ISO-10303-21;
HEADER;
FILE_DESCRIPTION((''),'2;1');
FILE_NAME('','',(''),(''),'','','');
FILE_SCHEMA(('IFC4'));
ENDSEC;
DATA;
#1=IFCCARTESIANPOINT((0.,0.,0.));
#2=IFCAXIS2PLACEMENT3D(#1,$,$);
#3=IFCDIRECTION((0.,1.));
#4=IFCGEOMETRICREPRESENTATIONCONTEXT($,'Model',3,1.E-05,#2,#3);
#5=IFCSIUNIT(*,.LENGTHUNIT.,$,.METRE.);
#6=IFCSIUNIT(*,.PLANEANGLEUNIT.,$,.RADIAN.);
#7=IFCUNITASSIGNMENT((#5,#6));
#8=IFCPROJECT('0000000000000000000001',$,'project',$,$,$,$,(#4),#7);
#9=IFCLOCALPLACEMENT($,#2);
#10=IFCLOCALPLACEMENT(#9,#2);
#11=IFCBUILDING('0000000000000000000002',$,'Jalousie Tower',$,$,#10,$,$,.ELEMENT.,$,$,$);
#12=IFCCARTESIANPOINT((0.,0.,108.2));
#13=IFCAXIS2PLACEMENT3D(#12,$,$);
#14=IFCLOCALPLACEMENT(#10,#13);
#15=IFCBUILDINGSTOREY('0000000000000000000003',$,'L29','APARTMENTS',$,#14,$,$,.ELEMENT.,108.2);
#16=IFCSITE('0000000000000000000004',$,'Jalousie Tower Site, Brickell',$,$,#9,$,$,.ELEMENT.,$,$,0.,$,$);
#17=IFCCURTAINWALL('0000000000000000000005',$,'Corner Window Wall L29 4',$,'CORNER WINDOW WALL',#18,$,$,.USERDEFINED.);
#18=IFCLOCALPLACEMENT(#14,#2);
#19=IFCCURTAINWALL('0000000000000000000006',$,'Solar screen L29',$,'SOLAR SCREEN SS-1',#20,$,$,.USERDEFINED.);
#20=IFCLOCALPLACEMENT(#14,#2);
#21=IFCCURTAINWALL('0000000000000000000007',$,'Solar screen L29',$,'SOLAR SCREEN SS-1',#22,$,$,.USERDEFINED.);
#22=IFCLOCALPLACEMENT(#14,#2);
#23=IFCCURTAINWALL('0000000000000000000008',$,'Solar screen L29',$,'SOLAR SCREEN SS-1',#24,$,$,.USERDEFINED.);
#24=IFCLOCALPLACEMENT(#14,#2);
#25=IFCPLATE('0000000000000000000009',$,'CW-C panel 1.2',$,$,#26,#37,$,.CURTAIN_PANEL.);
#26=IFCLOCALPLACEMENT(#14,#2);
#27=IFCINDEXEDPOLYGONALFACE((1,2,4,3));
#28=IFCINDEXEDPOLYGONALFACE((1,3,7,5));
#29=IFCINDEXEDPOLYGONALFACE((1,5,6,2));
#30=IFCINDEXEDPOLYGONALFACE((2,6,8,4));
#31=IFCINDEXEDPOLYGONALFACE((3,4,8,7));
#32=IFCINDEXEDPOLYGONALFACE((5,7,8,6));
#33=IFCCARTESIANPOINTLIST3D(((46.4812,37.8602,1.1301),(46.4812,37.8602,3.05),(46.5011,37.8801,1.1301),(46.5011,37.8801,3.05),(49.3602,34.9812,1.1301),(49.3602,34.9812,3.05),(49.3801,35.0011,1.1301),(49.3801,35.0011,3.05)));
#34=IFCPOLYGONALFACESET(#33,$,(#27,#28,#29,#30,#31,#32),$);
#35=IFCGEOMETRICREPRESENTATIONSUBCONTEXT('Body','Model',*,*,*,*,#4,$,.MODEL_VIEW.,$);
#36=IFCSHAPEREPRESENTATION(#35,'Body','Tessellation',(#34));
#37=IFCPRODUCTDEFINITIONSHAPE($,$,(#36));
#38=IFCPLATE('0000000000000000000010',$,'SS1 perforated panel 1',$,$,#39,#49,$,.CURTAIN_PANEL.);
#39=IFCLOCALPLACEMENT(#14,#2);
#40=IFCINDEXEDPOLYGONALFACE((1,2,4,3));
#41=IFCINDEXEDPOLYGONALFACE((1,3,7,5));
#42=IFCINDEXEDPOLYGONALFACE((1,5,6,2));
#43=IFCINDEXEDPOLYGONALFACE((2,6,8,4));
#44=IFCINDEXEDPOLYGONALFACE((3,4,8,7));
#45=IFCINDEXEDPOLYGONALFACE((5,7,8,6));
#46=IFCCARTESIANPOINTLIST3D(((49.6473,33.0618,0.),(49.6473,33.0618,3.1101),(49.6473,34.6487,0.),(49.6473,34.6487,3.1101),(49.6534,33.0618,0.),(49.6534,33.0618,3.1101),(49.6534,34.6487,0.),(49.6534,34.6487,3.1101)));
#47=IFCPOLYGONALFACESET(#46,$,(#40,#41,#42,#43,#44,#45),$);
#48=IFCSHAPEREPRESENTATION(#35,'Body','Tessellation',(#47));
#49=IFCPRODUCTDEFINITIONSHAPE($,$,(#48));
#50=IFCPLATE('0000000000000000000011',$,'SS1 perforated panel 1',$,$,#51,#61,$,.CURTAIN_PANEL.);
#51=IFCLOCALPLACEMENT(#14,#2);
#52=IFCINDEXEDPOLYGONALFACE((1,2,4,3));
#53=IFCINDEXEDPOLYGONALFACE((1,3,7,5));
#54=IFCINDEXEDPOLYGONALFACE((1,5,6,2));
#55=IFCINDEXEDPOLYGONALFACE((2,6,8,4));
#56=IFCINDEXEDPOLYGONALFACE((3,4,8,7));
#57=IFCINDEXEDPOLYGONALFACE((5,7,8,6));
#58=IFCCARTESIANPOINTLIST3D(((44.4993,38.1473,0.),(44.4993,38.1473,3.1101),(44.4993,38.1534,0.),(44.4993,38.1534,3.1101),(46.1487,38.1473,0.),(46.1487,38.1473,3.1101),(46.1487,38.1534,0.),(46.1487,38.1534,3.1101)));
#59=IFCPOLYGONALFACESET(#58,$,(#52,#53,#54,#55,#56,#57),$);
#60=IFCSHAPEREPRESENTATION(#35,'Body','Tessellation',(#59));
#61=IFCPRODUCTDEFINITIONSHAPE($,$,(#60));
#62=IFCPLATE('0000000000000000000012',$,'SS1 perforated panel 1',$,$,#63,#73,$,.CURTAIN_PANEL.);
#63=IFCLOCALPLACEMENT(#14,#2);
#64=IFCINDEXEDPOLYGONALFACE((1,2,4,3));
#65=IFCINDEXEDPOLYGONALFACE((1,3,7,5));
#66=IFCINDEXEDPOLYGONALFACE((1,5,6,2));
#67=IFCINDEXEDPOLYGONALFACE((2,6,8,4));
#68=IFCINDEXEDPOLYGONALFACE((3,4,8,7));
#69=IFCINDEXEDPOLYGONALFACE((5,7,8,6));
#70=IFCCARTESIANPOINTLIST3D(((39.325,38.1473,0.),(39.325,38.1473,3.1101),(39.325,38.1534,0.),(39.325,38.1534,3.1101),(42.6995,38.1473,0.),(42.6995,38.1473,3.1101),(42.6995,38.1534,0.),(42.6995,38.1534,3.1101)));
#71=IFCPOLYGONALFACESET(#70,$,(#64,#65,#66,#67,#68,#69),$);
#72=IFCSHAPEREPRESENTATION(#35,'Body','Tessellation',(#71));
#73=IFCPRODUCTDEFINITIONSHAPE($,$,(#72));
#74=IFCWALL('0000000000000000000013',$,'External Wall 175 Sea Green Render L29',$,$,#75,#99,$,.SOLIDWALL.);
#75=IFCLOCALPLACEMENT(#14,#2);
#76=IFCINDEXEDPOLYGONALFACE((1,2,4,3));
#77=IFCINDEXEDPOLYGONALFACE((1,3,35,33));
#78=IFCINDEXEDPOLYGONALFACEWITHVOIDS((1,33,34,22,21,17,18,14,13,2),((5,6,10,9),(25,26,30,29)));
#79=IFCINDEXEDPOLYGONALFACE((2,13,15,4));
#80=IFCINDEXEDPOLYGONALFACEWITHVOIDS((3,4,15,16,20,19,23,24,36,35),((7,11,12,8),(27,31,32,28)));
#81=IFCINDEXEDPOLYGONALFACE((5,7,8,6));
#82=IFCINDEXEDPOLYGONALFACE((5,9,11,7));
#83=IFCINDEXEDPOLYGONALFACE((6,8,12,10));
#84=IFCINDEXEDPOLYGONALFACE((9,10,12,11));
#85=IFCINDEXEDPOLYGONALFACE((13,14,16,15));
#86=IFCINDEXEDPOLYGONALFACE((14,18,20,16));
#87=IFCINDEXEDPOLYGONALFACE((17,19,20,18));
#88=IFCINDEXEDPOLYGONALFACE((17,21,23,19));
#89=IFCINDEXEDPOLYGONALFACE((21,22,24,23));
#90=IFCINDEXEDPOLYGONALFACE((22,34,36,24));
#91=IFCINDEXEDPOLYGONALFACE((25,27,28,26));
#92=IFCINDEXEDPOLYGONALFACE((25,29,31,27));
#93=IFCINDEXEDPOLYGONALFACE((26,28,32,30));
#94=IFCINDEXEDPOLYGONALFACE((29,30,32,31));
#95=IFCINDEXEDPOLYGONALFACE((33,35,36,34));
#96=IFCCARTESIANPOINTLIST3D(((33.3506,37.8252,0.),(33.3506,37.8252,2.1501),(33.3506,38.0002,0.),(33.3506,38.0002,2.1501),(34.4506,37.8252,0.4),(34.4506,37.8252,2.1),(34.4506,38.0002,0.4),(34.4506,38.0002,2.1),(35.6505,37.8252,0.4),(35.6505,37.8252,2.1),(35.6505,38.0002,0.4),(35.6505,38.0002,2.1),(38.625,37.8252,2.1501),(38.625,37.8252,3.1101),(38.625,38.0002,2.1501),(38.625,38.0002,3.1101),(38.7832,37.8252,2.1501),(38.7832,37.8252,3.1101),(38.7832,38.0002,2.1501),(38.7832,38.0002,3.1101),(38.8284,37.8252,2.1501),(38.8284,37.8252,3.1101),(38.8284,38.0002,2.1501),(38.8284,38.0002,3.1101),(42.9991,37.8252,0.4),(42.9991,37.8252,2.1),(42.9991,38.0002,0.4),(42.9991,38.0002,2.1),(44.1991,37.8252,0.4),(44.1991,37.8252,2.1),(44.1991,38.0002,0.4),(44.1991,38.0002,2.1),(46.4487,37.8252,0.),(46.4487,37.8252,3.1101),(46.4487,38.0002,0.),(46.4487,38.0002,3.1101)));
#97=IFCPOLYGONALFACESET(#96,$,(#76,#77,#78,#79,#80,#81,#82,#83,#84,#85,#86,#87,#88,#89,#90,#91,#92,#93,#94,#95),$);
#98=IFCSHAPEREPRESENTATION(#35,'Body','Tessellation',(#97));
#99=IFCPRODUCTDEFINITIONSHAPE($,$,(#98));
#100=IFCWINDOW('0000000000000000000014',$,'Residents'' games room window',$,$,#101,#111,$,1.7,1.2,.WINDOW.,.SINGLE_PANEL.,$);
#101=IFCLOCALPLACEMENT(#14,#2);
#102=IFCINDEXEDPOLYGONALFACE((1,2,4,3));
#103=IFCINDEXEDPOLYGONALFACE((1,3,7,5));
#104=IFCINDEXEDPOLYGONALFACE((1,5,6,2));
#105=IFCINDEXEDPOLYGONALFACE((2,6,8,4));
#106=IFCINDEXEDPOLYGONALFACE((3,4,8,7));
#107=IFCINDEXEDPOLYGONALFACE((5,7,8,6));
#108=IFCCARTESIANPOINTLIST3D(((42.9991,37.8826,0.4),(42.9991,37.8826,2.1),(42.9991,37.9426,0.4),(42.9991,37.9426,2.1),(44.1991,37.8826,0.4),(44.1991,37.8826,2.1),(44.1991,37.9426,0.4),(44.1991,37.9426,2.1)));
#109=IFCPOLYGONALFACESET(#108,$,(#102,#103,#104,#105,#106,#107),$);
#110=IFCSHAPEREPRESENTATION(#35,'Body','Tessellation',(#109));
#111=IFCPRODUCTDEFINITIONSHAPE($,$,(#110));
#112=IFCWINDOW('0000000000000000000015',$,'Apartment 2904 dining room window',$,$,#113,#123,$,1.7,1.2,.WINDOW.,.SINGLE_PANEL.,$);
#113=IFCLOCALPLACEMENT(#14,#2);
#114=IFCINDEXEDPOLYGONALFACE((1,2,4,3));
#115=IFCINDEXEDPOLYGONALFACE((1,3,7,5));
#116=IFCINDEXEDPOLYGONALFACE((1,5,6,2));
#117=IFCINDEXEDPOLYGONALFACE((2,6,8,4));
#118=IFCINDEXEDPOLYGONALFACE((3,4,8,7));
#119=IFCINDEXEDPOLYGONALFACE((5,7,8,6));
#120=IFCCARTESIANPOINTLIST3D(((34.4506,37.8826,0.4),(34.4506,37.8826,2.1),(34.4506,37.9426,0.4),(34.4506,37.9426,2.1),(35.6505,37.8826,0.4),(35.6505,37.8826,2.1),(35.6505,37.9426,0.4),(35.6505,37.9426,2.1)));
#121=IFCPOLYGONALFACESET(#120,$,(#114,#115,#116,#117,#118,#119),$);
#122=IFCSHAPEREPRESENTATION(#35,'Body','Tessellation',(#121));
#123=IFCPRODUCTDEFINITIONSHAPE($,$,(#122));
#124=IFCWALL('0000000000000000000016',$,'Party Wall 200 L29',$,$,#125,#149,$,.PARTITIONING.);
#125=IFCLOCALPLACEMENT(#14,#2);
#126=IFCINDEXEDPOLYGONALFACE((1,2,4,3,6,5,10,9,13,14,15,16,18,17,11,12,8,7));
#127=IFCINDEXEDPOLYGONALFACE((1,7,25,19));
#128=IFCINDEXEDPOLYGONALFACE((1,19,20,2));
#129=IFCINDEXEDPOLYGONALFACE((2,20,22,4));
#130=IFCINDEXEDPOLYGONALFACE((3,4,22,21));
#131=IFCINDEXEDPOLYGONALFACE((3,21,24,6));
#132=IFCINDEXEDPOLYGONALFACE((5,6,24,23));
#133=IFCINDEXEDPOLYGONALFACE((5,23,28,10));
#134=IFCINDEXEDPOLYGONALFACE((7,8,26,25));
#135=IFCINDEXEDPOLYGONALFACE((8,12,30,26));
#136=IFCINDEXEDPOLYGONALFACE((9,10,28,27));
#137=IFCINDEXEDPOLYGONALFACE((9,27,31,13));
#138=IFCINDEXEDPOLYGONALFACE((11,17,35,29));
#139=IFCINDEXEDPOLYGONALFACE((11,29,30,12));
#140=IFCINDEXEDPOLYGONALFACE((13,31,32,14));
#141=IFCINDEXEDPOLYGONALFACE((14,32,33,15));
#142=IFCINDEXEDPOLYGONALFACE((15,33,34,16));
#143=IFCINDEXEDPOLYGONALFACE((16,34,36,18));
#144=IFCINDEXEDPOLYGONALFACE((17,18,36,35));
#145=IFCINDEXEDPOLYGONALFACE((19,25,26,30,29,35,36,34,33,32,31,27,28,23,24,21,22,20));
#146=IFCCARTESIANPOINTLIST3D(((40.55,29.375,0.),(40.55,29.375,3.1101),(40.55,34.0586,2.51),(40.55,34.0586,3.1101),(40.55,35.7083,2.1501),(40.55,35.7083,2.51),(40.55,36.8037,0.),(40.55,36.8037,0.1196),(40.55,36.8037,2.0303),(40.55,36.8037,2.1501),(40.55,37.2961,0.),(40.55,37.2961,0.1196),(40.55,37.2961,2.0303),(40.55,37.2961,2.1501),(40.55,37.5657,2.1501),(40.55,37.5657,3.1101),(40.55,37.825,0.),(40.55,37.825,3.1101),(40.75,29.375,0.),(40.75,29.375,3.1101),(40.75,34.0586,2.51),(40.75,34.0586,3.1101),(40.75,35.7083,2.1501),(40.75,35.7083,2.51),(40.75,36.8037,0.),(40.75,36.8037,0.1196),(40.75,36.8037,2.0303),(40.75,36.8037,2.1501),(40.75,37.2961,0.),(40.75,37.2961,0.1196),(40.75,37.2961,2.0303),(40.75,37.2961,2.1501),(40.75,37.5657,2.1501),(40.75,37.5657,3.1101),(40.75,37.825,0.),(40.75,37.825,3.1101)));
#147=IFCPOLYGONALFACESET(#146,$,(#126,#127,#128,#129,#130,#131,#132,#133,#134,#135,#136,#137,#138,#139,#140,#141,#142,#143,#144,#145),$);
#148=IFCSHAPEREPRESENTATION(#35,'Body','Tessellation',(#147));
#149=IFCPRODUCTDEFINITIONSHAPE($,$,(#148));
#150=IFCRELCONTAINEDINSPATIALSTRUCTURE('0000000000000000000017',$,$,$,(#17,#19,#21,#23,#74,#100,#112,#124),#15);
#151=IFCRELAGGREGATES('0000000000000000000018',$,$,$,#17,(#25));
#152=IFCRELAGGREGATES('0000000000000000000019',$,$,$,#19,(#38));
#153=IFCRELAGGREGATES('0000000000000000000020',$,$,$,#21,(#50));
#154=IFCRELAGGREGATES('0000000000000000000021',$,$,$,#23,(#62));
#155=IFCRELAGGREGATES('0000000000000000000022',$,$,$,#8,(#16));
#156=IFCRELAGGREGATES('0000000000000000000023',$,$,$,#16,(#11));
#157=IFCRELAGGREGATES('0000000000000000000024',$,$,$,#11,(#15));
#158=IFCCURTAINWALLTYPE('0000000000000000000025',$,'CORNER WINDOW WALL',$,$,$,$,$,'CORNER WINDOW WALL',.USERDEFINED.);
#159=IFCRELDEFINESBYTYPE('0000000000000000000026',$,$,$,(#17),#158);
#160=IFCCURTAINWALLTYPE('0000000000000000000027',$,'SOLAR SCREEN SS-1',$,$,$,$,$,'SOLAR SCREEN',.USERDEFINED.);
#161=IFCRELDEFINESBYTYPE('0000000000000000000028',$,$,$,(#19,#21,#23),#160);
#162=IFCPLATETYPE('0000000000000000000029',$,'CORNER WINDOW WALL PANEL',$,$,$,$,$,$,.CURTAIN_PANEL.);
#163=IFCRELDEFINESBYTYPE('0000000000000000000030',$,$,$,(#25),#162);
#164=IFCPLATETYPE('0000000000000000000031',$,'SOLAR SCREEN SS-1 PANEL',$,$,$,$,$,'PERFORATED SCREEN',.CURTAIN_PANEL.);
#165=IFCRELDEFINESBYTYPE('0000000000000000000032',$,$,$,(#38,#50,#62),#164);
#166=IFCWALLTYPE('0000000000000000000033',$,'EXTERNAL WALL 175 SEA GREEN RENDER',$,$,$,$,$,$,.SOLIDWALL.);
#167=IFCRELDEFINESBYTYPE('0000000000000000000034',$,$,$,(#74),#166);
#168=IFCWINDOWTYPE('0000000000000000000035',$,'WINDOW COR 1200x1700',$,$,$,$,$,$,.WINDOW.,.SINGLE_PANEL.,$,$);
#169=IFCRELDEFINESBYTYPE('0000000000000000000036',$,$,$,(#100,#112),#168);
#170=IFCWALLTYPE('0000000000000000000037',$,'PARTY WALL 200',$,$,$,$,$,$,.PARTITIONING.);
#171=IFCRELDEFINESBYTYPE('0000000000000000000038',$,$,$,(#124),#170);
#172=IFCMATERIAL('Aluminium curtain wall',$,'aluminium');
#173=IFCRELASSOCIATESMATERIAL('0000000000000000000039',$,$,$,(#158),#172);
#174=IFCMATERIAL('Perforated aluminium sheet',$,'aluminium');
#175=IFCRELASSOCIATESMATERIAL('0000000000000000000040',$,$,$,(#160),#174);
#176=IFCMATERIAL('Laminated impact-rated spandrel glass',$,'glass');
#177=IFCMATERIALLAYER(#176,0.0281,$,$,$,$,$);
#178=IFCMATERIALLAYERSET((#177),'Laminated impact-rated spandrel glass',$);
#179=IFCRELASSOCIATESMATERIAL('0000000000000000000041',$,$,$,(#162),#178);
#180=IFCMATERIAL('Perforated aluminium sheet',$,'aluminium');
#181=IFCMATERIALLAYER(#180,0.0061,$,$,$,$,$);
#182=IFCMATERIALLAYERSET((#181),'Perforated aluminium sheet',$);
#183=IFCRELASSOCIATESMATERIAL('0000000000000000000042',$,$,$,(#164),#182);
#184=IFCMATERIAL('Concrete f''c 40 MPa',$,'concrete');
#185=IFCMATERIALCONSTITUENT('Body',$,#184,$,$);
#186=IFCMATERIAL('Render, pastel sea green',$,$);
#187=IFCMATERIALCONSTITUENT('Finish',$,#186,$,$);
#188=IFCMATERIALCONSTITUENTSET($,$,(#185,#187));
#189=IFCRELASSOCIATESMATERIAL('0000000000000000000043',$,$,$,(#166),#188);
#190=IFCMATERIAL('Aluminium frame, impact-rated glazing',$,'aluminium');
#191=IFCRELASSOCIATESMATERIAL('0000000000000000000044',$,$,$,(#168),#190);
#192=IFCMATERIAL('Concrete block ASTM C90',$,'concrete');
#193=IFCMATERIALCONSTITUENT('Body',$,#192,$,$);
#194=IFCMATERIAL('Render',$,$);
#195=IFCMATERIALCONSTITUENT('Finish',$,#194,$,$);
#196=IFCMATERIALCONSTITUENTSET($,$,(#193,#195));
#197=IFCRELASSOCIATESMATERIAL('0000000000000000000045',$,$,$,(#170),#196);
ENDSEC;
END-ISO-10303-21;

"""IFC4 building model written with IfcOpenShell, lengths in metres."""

from ifc_helpers import new_model, si_unit, direction, frame, frame_2d, origin, origin_2d, place, context, subcontext, project, spatial, polyline, rectangle, outline, extrude, material, layer, layer_set, constituent, constituent_set, type_object, element, fill, aggregate, save


model = new_model("IFC4")

# Units and contexts
model_context = context("Model", 3, precision=1e-05, world=origin(), true_north=direction((0.0, 1.0)))
body_context = subcontext(model_context, "Body", "Model", "MODEL_VIEW")
ifc_project = project(units=[si_unit("LENGTHUNIT", "METRE"), si_unit("PLANEANGLEUNIT", "RADIAN")], contexts=[model_context])

# Site, building, storey
site_placement = place(None, origin())
site = spatial("IfcSite", under=ifc_project, at=site_placement, Name="Jalousie Tower Site, Brickell", CompositionType="ELEMENT", RefElevation=0.0)
building_placement = place(site_placement, origin())
building = spatial("IfcBuilding", under=site, at=building_placement, Name="Jalousie Tower", CompositionType="ELEMENT")
storey_placement = place(building_placement, frame((0.0, 0.0, 108.2)))
storey = spatial("IfcBuildingStorey", under=building, at=storey_placement, Name="L29", Description="APARTMENTS", CompositionType="ELEMENT", Elevation=108.2)

# Curtain wall
ifc_material_1 = material(Name="Aluminium curtain wall", Category="aluminium")
curtain_wall_type_1 = type_object("IfcCurtainWallType", Name="CORNER WINDOW WALL", ElementType="CORNER WINDOW WALL", PredefinedType="USERDEFINED", material=ifc_material_1)
curtain_wall_1_placement = place(storey_placement, origin())
curtain_wall_1 = element("IfcCurtainWall", 1, at=curtain_wall_1_placement, inside=storey, type_object=curtain_wall_type_1, Name="Corner Window Wall L29 4", ObjectType="CORNER WINDOW WALL", PredefinedType="USERDEFINED")

# Curtain wall
ifc_material_2 = material(Name="Perforated aluminium sheet", Category="aluminium")
curtain_wall_type_2 = type_object("IfcCurtainWallType", Name="SOLAR SCREEN SS-1", ElementType="SOLAR SCREEN", PredefinedType="USERDEFINED", material=ifc_material_2)
curtain_wall_2_placement = place(storey_placement, origin())
curtain_wall_2 = element("IfcCurtainWall", 2, at=curtain_wall_2_placement, inside=storey, type_object=curtain_wall_type_2, Name="Solar screen L29", ObjectType="SOLAR SCREEN SS-1", PredefinedType="USERDEFINED")

# Curtain wall
curtain_wall_3_placement = place(storey_placement, origin())
curtain_wall_3 = element("IfcCurtainWall", 3, at=curtain_wall_3_placement, inside=storey, type_object=curtain_wall_type_2, Name="Solar screen L29", ObjectType="SOLAR SCREEN SS-1", PredefinedType="USERDEFINED")

# Curtain wall
curtain_wall_4_placement = place(storey_placement, origin())
curtain_wall_4 = element("IfcCurtainWall", 4, at=curtain_wall_4_placement, inside=storey, type_object=curtain_wall_type_2, Name="Solar screen L29", ObjectType="SOLAR SCREEN SS-1", PredefinedType="USERDEFINED")

# Plates
ifc_material_3 = material(Name="Laminated impact-rated spandrel glass", Category="glass")
ifc_layer_1 = layer(ifc_material_3, 0.0281)
ifc_layer_set_1 = layer_set([ifc_layer_1], Name="Laminated impact-rated spandrel glass")
plate_type_1 = type_object("IfcPlateType", Name="CORNER WINDOW WALL PANEL", PredefinedType="CURTAIN_PANEL", material=ifc_layer_set_1)
plate_1_placement = place(storey_placement, frame((47.9307, 36.4307, 1.1301), z_axis=(0.0, 0.0, 1.0), x_axis=(-0.707107, 0.707107, 0.0)))
plate_1 = element("IfcPlate", 5, at=plate_1_placement, type_object=plate_type_1, Name="CW-C panel 1.2", PredefinedType="CURTAIN_PANEL", context=body_context, shape_type="SweptSolid", body=[
    extrude(rectangle(XDim=4.0715, YDim=0.0281, at=origin_2d()), origin(), (0.0, 0.0, 1.0), 1.9199),
])
aggregate(curtain_wall_1, [plate_1])
ifc_material_4 = material(Name="Perforated aluminium sheet", Category="aluminium")
ifc_layer_2 = layer(ifc_material_4, 0.0061)
ifc_layer_set_2 = layer_set([ifc_layer_2], Name="Perforated aluminium sheet")
plate_type_2 = type_object("IfcPlateType", Name="SOLAR SCREEN SS-1 PANEL", ElementType="PERFORATED SCREEN", PredefinedType="CURTAIN_PANEL", material=ifc_layer_set_2)
plate_2_placement = place(storey_placement, frame((49.6504, 33.8552, 0.0), z_axis=(0.0, 0.0, 1.0), x_axis=(0.0, 1.0, 0.0)))
plate_2 = element("IfcPlate", 6, at=plate_2_placement, type_object=plate_type_2, Name="SS1 perforated panel 1", PredefinedType="CURTAIN_PANEL", context=body_context, shape_type="SweptSolid", body=[
    extrude(rectangle(XDim=1.5869, YDim=0.0061, at=origin_2d()), origin(), (0.0, 0.0, 1.0), 3.1101),
])
aggregate(curtain_wall_2, [plate_2])
plate_3_placement = place(storey_placement, frame((45.324, 38.1504, 0.0), z_axis=(0.0, 0.0, 1.0), x_axis=(-1.0, 0.0, 0.0)))
plate_3 = element("IfcPlate", 7, at=plate_3_placement, type_object=plate_type_2, Name="SS1 perforated panel 1", PredefinedType="CURTAIN_PANEL", context=body_context, shape_type="SweptSolid", body=[
    extrude(rectangle(XDim=1.6494, YDim=0.0061, at=origin_2d()), origin(), (0.0, 0.0, 1.0), 3.1101),
])
aggregate(curtain_wall_3, [plate_3])
plate_4_placement = place(storey_placement, frame((41.0122, 38.1504, 0.0), z_axis=(0.0, 0.0, 1.0), x_axis=(-1.0, 0.0, 0.0)))
plate_4 = element("IfcPlate", 8, at=plate_4_placement, type_object=plate_type_2, Name="SS1 perforated panel 1", PredefinedType="CURTAIN_PANEL", context=body_context, shape_type="SweptSolid", body=[
    extrude(rectangle(XDim=3.3745, YDim=0.0061, at=origin_2d()), origin(), (0.0, 0.0, 1.0), 3.1101),
])
aggregate(curtain_wall_4, [plate_4])

# Wall, openings, windows
ifc_material_5 = material(Name="Concrete f'c 40 MPa", Category="concrete")
ifc_constituent_1 = constituent(ifc_material_5, Name="Body")
ifc_material_6 = material(Name="Render, pastel sea green")
ifc_constituent_2 = constituent(ifc_material_6, Name="Finish")
ifc_constituent_set_1 = constituent_set(constituents=[ifc_constituent_1, ifc_constituent_2])
wall_type_1 = type_object("IfcWallType", Name="EXTERNAL WALL 175 SEA GREEN RENDER", PredefinedType="SOLIDWALL", material=ifc_constituent_set_1)
wall_1_placement = place(storey_placement, frame((46.4487, 37.9126, 0.0), z_axis=(0.0, 0.0, 1.0), x_axis=(-1.0, 0.0, 0.0)))
wall_1 = element("IfcWall", 9, at=wall_1_placement, inside=storey, type_object=wall_type_1, Name="External Wall 175 Sea Green Render L29", PredefinedType="SOLIDWALL", context=body_context, shape_type="SweptSolid", body=[
    extrude(outline(polyline([(0.0, 0.0), (13.0981, 0.0), (13.0981, 2.1501), (7.8237, 2.1501), (7.8237, 3.1101), (7.6655, 3.1101), (7.6655, 2.1501), (7.6204, 2.1501), (7.6204, 3.1101), (0.0, 3.1101), (0.0, 0.0)])), frame((0.0, 0.0874, 0.0), z_axis=(0.0, -1.0, 0.0), x_axis=(1.0, 0.0, 0.0)), (0.0, 0.0, 1.0), 0.175),
])
opening_1_placement = place(wall_1_placement, frame((2.2495, 0.0, 0.3999)))
opening_1 = element("IfcOpeningElement", 10, at=opening_1_placement, cuts=wall_1, PredefinedType="OPENING", context=body_context, shape_type="SweptSolid", body=[
    extrude(rectangle(XDim=1.2, YDim=1.7, at=frame_2d((0.6001, 0.8501))), frame((0.0, 0.0974, 0.0), z_axis=(0.0, -1.0, 0.0), x_axis=(1.0, 0.0, 0.0)), (0.0, 0.0, 1.0), 0.1951),
])
opening_2_placement = place(wall_1_placement, frame((10.7981, 0.0, 0.3999)))
opening_2 = element("IfcOpeningElement", 11, at=opening_2_placement, cuts=wall_1, PredefinedType="OPENING", context=body_context, shape_type="SweptSolid", body=[
    extrude(rectangle(XDim=1.2, YDim=1.7, at=frame_2d((0.6001, 0.8501))), frame((0.0, 0.0974, 0.0), z_axis=(0.0, -1.0, 0.0), x_axis=(1.0, 0.0, 0.0)), (0.0, 0.0, 1.0), 0.1951),
])
ifc_material_7 = material(Name="Aluminium frame, impact-rated glazing", Category="aluminium")
window_type = type_object("IfcWindowType", Name="WINDOW COR 1200x1700", PartitioningType="SINGLE_PANEL", PredefinedType="WINDOW", material=ifc_material_7)
window_1_placement = place(opening_1_placement, origin())
window_1 = element("IfcWindow", 12, at=window_1_placement, inside=storey, type_object=window_type, Name="Residents' games room window", OverallHeight=1.7, OverallWidth=1.2, PartitioningType="SINGLE_PANEL", PredefinedType="WINDOW", context=body_context, shape_type="SweptSolid", body=[
    extrude(rectangle(XDim=1.2, YDim=1.7, at=frame_2d((0.6001, 0.8501))), frame((0.0, 0.03, 0.0), z_axis=(0.0, -1.0, 0.0), x_axis=(1.0, 0.0, 0.0)), (0.0, 0.0, 1.0), 0.0601),
])
fill(opening_1, window_1)
window_2_placement = place(opening_2_placement, origin())
window_2 = element("IfcWindow", 13, at=window_2_placement, inside=storey, type_object=window_type, Name="Apartment 2904 dining room window", OverallHeight=1.7, OverallWidth=1.2, PartitioningType="SINGLE_PANEL", PredefinedType="WINDOW", context=body_context, shape_type="SweptSolid", body=[
    extrude(rectangle(XDim=1.2, YDim=1.7, at=frame_2d((0.6001, 0.8501))), frame((0.0, 0.03, 0.0), z_axis=(0.0, -1.0, 0.0), x_axis=(1.0, 0.0, 0.0)), (0.0, 0.0, 1.0), 0.0601),
])
fill(opening_2, window_2)

# Wall
ifc_material_8 = material(Name="Concrete block ASTM C90", Category="concrete")
ifc_constituent_3 = constituent(ifc_material_8, Name="Body")
ifc_material_9 = material(Name="Render")
ifc_constituent_4 = constituent(ifc_material_9, Name="Finish")
ifc_constituent_set_2 = constituent_set(constituents=[ifc_constituent_3, ifc_constituent_4])
wall_type_2 = type_object("IfcWallType", Name="PARTY WALL 200", PredefinedType="PARTITIONING", material=ifc_constituent_set_2)
wall_2_placement = place(storey_placement, frame((40.6499, 37.825, 0.0), z_axis=(0.0, 0.0, 1.0), x_axis=(0.0, -1.0, 0.0)))
element("IfcWall", 14, at=wall_2_placement, inside=storey, type_object=wall_type_2, Name="Party Wall 200 L29", PredefinedType="PARTITIONING", context=body_context, shape_type="SweptSolid", body=[
    extrude(outline(polyline([(0.2593, 3.1101), (0.0, 3.1101), (0.0, 0.0), (0.5288, 0.0), (0.5288, 0.1196), (1.0212, 0.1196), (1.0212, 0.0), (8.45, 0.0), (8.45, 3.1101), (3.7664, 3.1101), (3.7664, 2.51), (2.1167, 2.51), (2.1167, 2.1501), (1.0212, 2.1501), (1.0212, 2.0303), (0.5288, 2.0303), (0.5288, 2.1501), (0.2593, 2.1501), (0.2593, 3.1101)])), frame((0.0, 0.1001, 0.0), z_axis=(0.0, -1.0, 0.0), x_axis=(1.0, 0.0, 0.0)), (0.0, 0.0, 1.0), 0.2),
])

save(model, "model.ifc")
